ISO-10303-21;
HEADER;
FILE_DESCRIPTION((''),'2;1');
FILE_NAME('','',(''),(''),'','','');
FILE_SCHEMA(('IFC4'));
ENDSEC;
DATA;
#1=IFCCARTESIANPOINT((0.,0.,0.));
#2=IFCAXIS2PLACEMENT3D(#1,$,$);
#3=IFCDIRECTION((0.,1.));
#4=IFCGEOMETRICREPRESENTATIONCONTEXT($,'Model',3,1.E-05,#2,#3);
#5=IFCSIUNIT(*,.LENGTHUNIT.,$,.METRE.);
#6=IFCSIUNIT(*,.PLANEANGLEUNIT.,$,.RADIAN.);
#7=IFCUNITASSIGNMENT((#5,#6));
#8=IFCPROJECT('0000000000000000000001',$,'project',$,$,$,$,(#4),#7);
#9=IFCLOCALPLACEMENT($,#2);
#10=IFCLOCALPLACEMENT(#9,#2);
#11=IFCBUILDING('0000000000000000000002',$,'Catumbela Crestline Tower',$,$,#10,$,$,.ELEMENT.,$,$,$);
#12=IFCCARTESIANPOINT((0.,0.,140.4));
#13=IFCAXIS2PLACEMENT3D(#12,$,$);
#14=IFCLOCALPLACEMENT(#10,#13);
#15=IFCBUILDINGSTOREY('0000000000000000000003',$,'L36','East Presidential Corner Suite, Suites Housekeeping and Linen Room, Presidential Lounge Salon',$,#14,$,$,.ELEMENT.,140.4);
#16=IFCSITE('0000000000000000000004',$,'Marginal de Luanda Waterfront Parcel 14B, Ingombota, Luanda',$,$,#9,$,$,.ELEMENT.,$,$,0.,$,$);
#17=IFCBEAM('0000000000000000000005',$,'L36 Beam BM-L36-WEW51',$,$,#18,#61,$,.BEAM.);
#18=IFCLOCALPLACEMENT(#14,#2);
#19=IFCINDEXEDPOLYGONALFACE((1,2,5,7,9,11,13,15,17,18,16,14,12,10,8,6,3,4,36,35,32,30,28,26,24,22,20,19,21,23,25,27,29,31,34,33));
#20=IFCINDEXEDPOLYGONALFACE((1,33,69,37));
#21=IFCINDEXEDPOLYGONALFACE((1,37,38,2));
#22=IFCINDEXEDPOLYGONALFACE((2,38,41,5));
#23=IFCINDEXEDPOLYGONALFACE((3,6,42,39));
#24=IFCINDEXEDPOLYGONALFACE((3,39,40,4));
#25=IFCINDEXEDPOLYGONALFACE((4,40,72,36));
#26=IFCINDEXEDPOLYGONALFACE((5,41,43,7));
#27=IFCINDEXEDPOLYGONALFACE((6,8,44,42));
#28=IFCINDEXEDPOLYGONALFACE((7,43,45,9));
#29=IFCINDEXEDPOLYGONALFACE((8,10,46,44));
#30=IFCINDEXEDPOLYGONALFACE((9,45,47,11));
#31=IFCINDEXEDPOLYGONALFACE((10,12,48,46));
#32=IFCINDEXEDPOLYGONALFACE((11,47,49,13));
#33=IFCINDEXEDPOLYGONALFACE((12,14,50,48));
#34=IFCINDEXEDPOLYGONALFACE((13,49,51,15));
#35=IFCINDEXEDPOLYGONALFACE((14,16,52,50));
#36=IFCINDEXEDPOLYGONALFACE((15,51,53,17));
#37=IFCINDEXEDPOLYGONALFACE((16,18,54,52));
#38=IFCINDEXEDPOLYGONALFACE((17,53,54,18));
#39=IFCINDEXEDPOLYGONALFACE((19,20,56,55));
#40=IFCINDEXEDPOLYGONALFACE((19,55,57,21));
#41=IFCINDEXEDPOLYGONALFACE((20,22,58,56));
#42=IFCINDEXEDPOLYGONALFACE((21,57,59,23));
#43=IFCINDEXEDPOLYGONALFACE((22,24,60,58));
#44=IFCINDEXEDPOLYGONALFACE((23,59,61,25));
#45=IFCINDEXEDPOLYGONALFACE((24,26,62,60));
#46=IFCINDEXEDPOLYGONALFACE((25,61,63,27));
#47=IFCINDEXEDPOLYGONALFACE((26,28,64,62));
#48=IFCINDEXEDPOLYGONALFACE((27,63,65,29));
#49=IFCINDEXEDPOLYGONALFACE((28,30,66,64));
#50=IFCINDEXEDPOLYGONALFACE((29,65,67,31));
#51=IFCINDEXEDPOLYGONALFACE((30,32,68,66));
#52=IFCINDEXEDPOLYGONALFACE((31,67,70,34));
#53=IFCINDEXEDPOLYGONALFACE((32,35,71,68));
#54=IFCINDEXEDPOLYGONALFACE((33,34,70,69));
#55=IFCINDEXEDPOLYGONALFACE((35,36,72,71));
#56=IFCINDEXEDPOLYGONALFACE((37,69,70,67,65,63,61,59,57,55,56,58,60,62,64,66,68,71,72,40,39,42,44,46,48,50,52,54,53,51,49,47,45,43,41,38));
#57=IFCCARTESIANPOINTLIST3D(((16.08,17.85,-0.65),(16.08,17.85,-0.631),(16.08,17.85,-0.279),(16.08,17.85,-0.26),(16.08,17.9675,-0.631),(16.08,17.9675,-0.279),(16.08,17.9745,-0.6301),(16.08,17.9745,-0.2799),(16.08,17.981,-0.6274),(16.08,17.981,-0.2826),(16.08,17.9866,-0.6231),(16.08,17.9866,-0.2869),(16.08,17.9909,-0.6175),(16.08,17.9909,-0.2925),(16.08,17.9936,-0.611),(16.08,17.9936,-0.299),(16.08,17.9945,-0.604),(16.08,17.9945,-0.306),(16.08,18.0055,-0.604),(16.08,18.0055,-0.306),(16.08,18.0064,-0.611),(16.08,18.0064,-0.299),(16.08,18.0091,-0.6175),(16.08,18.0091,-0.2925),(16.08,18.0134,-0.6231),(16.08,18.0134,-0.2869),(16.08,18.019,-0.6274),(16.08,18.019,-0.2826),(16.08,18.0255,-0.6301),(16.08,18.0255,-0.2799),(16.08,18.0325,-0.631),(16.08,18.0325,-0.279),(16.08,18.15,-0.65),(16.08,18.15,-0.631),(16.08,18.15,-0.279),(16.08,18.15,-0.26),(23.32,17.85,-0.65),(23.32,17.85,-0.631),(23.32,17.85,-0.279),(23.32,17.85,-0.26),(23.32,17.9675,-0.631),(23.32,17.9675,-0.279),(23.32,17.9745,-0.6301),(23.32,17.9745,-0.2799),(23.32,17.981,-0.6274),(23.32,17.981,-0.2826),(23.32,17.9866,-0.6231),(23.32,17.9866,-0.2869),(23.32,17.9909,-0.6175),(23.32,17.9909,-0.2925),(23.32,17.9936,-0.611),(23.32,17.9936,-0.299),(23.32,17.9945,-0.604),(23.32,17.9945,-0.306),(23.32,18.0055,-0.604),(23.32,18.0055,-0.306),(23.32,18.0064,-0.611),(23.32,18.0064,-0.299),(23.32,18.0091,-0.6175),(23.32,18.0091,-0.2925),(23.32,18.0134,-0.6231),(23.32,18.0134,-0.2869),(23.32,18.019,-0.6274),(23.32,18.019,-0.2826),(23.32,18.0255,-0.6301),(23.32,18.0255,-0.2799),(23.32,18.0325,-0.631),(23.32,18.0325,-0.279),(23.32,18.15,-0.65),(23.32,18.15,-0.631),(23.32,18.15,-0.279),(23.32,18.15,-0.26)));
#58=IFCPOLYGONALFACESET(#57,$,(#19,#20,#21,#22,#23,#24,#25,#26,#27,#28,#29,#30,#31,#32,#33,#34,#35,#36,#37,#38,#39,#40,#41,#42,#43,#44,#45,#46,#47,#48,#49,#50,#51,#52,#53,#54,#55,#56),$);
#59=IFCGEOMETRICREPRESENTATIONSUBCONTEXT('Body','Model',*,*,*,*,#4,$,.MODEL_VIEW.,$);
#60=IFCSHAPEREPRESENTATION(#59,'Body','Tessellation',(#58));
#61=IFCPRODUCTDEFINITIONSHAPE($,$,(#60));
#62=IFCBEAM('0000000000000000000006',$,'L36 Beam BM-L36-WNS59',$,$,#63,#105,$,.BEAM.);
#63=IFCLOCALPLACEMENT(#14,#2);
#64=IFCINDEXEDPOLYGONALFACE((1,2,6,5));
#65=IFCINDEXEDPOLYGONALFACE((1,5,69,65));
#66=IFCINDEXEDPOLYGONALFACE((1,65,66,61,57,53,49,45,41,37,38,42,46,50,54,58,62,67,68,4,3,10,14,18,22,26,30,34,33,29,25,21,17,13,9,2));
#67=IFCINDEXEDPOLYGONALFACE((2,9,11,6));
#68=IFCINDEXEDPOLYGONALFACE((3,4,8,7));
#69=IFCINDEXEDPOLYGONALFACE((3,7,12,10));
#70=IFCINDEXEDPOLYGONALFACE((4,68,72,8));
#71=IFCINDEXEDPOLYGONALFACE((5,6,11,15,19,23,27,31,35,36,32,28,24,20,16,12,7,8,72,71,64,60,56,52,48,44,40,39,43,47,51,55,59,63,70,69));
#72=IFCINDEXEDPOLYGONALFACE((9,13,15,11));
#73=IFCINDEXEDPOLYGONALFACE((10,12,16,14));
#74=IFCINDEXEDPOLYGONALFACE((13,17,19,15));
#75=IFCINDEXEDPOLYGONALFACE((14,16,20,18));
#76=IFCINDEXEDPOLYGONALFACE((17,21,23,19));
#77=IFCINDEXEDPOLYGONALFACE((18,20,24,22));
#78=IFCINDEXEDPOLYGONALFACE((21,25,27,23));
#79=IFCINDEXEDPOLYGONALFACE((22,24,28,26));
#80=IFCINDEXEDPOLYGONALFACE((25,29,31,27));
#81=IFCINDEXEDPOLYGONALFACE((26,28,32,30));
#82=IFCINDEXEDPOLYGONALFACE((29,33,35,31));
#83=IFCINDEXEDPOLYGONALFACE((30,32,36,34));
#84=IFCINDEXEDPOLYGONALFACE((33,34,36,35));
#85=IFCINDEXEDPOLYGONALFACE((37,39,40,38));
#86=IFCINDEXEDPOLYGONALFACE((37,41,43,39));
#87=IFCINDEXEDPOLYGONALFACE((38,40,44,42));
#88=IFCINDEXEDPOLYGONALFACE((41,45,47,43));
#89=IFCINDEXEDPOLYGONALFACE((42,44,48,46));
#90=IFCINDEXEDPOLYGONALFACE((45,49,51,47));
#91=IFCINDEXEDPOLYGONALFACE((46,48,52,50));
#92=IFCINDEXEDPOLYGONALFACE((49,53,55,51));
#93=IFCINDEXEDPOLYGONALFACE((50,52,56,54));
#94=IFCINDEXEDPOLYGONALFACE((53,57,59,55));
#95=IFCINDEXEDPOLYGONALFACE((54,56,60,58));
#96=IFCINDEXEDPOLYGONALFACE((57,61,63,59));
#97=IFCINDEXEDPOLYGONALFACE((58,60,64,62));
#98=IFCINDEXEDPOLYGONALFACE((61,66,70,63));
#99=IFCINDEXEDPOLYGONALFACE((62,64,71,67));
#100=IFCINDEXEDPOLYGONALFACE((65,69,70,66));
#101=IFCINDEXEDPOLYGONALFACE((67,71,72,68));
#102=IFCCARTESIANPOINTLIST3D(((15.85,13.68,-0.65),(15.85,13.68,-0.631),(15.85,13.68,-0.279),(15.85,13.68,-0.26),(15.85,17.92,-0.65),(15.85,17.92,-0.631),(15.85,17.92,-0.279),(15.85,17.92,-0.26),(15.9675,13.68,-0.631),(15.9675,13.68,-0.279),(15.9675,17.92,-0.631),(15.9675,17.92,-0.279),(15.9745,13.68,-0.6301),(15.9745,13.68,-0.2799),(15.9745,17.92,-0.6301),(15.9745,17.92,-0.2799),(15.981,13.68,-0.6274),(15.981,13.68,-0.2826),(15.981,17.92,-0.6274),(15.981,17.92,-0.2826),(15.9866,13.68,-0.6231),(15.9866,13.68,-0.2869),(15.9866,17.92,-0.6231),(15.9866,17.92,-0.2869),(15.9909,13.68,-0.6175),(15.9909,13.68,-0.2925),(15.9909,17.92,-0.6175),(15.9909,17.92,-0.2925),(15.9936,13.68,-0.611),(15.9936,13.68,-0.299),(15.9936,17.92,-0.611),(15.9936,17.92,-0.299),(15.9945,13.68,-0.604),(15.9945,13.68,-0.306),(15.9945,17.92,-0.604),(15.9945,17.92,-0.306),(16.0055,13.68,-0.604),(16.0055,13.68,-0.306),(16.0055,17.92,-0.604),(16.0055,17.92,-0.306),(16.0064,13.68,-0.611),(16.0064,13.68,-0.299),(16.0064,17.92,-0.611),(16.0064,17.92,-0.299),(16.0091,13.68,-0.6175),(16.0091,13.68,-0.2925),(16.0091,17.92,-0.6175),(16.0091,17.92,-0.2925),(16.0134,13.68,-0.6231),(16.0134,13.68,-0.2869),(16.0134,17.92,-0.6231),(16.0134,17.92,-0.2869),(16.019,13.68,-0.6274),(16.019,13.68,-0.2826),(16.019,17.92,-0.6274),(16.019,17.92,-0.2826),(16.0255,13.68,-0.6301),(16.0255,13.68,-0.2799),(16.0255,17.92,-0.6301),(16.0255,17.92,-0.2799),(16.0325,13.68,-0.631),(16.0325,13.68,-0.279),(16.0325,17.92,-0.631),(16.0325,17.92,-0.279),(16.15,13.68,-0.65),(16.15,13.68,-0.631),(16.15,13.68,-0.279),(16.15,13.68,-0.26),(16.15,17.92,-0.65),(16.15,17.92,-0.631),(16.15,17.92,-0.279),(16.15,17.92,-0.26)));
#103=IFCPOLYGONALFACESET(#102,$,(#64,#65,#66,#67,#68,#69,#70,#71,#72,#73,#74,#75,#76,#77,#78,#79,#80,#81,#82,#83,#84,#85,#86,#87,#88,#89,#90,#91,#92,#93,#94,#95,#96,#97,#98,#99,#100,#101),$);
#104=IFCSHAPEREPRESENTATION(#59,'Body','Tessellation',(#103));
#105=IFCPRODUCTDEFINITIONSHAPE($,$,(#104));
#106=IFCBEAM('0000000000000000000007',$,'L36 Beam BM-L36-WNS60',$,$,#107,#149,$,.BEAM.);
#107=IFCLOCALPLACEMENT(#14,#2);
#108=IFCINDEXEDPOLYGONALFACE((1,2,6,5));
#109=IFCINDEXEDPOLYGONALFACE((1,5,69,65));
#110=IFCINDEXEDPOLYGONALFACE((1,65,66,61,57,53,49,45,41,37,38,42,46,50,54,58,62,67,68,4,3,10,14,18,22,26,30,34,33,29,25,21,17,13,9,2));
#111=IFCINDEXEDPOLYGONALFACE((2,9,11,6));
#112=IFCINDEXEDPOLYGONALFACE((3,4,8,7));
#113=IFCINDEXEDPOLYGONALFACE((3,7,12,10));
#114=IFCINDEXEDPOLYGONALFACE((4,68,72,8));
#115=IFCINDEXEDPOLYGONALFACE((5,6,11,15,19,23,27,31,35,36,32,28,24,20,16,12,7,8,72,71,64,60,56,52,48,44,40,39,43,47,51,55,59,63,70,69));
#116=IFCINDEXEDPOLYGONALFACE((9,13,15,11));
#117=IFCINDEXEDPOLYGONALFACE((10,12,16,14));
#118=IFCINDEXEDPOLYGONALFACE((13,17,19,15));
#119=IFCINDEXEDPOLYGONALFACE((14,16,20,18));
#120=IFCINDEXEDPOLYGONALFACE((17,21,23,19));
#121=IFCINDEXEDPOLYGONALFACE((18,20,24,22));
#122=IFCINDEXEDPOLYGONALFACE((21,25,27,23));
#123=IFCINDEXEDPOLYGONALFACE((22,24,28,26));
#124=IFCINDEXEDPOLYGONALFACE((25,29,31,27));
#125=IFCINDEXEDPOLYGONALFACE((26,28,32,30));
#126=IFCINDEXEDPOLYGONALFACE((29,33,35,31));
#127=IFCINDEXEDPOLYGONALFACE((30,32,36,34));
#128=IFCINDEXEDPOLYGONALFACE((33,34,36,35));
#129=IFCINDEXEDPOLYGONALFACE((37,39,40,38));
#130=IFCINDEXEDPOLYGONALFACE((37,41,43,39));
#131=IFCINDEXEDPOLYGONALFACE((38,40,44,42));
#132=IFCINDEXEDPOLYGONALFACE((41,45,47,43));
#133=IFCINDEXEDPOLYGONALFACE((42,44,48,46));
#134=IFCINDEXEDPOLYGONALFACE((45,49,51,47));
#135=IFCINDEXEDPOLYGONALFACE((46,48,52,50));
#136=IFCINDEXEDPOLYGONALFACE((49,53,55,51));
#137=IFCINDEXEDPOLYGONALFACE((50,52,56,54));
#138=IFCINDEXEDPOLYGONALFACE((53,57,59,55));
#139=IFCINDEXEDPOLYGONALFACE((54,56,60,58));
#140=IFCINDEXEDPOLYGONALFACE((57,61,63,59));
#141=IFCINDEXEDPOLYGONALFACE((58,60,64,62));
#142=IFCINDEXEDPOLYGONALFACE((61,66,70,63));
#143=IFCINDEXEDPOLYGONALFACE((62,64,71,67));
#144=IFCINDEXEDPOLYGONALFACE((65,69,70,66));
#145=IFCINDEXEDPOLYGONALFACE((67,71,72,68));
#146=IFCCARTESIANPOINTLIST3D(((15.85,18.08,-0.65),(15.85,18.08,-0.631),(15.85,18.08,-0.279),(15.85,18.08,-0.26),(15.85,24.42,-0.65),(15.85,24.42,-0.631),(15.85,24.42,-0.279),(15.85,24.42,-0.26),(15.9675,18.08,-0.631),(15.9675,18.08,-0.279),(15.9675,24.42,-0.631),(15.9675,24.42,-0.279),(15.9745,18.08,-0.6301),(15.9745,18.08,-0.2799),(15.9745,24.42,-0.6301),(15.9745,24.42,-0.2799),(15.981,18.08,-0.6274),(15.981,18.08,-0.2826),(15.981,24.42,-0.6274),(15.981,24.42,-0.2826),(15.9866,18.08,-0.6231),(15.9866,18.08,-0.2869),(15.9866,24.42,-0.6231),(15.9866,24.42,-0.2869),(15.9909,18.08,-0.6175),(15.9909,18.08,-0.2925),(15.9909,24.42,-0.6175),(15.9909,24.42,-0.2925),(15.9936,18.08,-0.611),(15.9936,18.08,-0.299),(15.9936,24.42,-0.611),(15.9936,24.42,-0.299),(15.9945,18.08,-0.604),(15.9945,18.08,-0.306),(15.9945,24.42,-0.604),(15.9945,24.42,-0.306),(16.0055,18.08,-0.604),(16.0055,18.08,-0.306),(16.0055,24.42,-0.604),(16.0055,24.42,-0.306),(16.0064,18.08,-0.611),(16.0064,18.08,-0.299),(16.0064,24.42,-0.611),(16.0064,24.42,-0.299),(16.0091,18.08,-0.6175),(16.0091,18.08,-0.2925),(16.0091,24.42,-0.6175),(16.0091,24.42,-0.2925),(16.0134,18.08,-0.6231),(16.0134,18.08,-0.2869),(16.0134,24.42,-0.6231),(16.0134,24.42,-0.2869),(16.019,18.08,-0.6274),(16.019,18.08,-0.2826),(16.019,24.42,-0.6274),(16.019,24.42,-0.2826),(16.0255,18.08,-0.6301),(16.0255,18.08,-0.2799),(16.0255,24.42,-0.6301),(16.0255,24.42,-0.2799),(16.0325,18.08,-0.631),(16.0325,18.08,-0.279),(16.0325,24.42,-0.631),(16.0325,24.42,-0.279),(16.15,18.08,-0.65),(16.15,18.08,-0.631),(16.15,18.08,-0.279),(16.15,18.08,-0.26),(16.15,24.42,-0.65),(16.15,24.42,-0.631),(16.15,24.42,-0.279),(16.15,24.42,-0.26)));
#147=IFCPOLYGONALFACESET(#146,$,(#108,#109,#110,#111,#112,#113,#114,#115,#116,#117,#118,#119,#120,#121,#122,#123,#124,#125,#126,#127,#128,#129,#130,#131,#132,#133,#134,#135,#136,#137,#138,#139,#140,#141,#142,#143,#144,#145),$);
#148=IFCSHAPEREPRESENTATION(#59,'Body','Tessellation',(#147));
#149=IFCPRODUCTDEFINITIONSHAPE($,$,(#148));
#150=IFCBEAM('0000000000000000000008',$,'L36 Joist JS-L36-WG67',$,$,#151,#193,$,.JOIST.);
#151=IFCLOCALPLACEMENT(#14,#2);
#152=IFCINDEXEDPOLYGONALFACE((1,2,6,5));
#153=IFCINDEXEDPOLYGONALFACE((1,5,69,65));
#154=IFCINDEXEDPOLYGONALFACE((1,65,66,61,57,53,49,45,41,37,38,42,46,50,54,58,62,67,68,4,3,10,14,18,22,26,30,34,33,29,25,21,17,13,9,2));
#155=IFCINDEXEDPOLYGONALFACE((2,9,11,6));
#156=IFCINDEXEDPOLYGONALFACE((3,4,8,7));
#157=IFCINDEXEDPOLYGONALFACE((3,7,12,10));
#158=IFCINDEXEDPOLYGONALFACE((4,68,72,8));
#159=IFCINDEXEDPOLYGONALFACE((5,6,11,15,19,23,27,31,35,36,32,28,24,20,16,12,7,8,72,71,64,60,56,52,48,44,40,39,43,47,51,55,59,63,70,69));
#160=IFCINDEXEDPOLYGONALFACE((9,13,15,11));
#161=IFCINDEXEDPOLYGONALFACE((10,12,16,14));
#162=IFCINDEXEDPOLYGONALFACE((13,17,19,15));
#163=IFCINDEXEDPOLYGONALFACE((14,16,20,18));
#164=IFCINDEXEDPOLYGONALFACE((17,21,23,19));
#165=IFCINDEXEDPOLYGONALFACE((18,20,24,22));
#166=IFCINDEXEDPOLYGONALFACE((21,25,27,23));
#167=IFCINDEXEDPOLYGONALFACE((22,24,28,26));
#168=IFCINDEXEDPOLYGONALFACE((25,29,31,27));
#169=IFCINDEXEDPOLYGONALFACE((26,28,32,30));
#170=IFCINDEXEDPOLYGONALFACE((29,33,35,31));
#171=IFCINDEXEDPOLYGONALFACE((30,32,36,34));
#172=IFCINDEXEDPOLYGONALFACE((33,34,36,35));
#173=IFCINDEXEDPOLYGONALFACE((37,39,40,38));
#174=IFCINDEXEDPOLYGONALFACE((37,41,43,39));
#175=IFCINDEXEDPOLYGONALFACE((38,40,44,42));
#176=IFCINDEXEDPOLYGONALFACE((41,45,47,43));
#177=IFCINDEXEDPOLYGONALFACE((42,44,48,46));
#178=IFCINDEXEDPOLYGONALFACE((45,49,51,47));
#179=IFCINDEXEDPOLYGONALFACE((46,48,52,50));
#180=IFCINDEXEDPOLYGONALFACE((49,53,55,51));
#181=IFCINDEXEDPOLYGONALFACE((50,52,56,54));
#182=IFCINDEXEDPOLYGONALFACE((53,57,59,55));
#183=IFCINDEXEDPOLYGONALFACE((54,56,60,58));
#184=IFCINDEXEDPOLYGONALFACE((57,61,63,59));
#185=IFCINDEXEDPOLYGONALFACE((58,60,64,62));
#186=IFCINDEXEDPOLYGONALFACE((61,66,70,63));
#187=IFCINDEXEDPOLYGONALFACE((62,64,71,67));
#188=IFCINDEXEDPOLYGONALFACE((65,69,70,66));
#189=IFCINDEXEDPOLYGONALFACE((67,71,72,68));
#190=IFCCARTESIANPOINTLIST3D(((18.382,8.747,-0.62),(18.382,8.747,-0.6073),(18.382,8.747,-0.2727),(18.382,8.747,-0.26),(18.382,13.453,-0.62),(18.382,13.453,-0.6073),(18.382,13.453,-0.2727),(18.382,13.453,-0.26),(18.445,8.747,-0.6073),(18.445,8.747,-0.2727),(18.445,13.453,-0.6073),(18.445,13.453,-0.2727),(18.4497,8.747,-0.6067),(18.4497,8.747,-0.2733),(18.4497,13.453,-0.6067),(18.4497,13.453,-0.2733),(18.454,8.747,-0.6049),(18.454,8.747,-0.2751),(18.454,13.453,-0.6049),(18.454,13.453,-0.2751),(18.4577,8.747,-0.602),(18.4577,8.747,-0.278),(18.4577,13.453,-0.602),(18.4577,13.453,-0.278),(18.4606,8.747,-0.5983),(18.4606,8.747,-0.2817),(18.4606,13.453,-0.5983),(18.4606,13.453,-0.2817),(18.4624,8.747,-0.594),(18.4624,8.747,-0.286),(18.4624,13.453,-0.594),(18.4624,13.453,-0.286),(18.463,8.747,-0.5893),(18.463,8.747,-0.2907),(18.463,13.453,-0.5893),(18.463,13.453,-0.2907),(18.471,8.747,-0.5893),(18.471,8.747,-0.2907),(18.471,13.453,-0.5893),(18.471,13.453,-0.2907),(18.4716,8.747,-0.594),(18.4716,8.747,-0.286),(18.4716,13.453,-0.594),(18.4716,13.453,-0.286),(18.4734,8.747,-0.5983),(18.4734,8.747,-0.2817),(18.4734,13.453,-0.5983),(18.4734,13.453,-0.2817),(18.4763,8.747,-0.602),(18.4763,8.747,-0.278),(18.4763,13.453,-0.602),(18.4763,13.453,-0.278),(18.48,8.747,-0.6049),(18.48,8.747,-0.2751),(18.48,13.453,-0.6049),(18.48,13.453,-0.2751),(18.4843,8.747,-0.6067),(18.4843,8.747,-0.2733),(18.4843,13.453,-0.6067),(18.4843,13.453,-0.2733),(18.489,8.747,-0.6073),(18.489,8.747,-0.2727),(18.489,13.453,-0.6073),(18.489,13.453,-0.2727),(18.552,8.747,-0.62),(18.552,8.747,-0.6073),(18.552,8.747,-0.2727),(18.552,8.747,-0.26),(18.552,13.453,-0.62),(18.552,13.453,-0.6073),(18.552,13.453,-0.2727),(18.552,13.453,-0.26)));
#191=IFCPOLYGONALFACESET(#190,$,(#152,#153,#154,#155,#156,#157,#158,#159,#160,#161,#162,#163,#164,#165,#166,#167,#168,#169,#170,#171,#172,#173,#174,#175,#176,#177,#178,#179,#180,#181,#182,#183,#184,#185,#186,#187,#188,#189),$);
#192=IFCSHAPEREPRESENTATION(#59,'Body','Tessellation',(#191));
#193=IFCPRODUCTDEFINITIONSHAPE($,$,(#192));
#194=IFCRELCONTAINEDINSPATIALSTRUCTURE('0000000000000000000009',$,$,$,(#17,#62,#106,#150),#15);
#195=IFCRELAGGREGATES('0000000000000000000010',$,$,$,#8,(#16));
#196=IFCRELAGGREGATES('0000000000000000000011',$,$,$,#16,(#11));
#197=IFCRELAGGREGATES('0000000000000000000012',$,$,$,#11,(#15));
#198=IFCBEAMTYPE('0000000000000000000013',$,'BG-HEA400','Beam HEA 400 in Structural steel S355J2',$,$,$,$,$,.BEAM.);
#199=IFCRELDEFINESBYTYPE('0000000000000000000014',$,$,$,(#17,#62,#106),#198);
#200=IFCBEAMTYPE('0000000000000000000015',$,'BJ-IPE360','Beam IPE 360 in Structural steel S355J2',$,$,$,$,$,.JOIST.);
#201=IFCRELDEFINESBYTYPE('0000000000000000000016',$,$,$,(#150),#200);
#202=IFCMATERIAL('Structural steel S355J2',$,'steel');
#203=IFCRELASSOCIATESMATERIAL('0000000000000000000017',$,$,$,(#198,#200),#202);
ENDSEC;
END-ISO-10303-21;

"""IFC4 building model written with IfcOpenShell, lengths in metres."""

from ifc_helpers import new_model, si_unit, direction, frame, origin, origin_2d, place, context, subcontext, project, spatial, i_section, extrude, material, material_profile, profile_set, type_object, element, save


model = new_model("IFC4")

# Units and contexts
model_context = context("Model", 3, precision=1e-05, world=origin(), true_north=direction((0.0, 1.0)))
body_context = subcontext(model_context, "Body", "Model", "MODEL_VIEW")
ifc_project = project(units=[si_unit("LENGTHUNIT", "METRE"), si_unit("PLANEANGLEUNIT", "RADIAN")], contexts=[model_context])

# Site, building, storey
site_placement = place(None, origin())
site = spatial("IfcSite", under=ifc_project, at=site_placement, Name="Marginal de Luanda Waterfront Parcel 14B, Ingombota, Luanda", CompositionType="ELEMENT", RefElevation=0.0)
building_placement = place(site_placement, origin())
building = spatial("IfcBuilding", under=site, at=building_placement, Name="Catumbela Crestline Tower", CompositionType="ELEMENT")
storey_placement = place(building_placement, frame((0.0, 0.0, 140.4)))
storey = spatial("IfcBuildingStorey", under=building, at=storey_placement, Name="L36", Description="East Presidential Corner Suite, Suites Housekeeping and Linen Room, Presidential Lounge Salon", CompositionType="ELEMENT", Elevation=140.4)

# Beams
ifc_material_1 = material(Name="Structural steel S355J2", Category="steel")
ifc_material_profile_1 = material_profile(ifc_material_1, i_section(OverallWidth=0.3, OverallDepth=0.39, WebThickness=0.011, FlangeThickness=0.019, FilletRadius=0.027, at=origin_2d()), Name="HEA 400")
ifc_profile_set_1 = profile_set([ifc_material_profile_1], Name="Structural steel S355J2")
beam_type_1 = type_object("IfcBeamType", Name="BG-HEA400", Description="Beam HEA 400 in Structural steel S355J2", PredefinedType="BEAM", material=ifc_profile_set_1)
for number, where, z_axis, x_axis, name in (
    (1, (16.08, 18.0, -0.455), (1.0, 0.0, 0.0), (0.0, 1.0, 0.0), "L36 Beam BM-L36-WEW51"),
):
    element("IfcBeam", number, at=place(storey_placement, frame(where, z_axis=z_axis, x_axis=x_axis)), inside=storey, type_object=beam_type_1, Name=name, PredefinedType="BEAM", context=body_context, shape_type="SweptSolid", body=[
        extrude(i_section(OverallWidth=0.3, OverallDepth=0.39, WebThickness=0.011, FlangeThickness=0.019, FilletRadius=0.027, at=origin_2d()), origin(), (0.0, 0.0, 1.0), 7.24),
    ])
beam_1_placement = place(storey_placement, frame((16.0, 13.68, -0.455), z_axis=(0.0, 1.0, 0.0), x_axis=(-1.0, 0.0, 0.0)))
element("IfcBeam", 2, at=beam_1_placement, inside=storey, type_object=beam_type_1, Name="L36 Beam BM-L36-WNS59", PredefinedType="BEAM", context=body_context, shape_type="SweptSolid", body=[
    extrude(i_section(OverallWidth=0.3, OverallDepth=0.39, WebThickness=0.011, FlangeThickness=0.019, FilletRadius=0.027, at=origin_2d()), origin(), (0.0, 0.0, 1.0), 4.24),
])
beam_2_placement = place(storey_placement, frame((16.0, 18.08, -0.455), z_axis=(0.0, 1.0, 0.0), x_axis=(-1.0, 0.0, 0.0)))
element("IfcBeam", 3, at=beam_2_placement, inside=storey, type_object=beam_type_1, Name="L36 Beam BM-L36-WNS60", PredefinedType="BEAM", context=body_context, shape_type="SweptSolid", body=[
    extrude(i_section(OverallWidth=0.3, OverallDepth=0.39, WebThickness=0.011, FlangeThickness=0.019, FilletRadius=0.027, at=origin_2d()), origin(), (0.0, 0.0, 1.0), 6.34),
])
ifc_material_profile_2 = material_profile(ifc_material_1, i_section(OverallWidth=0.17, OverallDepth=0.36, WebThickness=0.008, FlangeThickness=0.0127, FilletRadius=0.018, at=origin_2d()), Name="IPE 360")
ifc_profile_set_2 = profile_set([ifc_material_profile_2], Name="Structural steel S355J2")
beam_type_2 = type_object("IfcBeamType", Name="BJ-IPE360", Description="Beam IPE 360 in Structural steel S355J2", PredefinedType="JOIST", material=ifc_profile_set_2)
beam_3_placement = place(storey_placement, frame((18.467, 8.747, -0.44), z_axis=(0.0, 1.0, 0.0), x_axis=(-1.0, 0.0, 0.0)))
element("IfcBeam", 4, at=beam_3_placement, inside=storey, type_object=beam_type_2, Name="L36 Joist JS-L36-WG67", PredefinedType="JOIST", context=body_context, shape_type="SweptSolid", body=[
    extrude(i_section(OverallWidth=0.17, OverallDepth=0.36, WebThickness=0.008, FlangeThickness=0.0127, FilletRadius=0.018, at=origin_2d()), origin(), (0.0, 0.0, 1.0), 4.706),
])

save(model, "model.ifc")
